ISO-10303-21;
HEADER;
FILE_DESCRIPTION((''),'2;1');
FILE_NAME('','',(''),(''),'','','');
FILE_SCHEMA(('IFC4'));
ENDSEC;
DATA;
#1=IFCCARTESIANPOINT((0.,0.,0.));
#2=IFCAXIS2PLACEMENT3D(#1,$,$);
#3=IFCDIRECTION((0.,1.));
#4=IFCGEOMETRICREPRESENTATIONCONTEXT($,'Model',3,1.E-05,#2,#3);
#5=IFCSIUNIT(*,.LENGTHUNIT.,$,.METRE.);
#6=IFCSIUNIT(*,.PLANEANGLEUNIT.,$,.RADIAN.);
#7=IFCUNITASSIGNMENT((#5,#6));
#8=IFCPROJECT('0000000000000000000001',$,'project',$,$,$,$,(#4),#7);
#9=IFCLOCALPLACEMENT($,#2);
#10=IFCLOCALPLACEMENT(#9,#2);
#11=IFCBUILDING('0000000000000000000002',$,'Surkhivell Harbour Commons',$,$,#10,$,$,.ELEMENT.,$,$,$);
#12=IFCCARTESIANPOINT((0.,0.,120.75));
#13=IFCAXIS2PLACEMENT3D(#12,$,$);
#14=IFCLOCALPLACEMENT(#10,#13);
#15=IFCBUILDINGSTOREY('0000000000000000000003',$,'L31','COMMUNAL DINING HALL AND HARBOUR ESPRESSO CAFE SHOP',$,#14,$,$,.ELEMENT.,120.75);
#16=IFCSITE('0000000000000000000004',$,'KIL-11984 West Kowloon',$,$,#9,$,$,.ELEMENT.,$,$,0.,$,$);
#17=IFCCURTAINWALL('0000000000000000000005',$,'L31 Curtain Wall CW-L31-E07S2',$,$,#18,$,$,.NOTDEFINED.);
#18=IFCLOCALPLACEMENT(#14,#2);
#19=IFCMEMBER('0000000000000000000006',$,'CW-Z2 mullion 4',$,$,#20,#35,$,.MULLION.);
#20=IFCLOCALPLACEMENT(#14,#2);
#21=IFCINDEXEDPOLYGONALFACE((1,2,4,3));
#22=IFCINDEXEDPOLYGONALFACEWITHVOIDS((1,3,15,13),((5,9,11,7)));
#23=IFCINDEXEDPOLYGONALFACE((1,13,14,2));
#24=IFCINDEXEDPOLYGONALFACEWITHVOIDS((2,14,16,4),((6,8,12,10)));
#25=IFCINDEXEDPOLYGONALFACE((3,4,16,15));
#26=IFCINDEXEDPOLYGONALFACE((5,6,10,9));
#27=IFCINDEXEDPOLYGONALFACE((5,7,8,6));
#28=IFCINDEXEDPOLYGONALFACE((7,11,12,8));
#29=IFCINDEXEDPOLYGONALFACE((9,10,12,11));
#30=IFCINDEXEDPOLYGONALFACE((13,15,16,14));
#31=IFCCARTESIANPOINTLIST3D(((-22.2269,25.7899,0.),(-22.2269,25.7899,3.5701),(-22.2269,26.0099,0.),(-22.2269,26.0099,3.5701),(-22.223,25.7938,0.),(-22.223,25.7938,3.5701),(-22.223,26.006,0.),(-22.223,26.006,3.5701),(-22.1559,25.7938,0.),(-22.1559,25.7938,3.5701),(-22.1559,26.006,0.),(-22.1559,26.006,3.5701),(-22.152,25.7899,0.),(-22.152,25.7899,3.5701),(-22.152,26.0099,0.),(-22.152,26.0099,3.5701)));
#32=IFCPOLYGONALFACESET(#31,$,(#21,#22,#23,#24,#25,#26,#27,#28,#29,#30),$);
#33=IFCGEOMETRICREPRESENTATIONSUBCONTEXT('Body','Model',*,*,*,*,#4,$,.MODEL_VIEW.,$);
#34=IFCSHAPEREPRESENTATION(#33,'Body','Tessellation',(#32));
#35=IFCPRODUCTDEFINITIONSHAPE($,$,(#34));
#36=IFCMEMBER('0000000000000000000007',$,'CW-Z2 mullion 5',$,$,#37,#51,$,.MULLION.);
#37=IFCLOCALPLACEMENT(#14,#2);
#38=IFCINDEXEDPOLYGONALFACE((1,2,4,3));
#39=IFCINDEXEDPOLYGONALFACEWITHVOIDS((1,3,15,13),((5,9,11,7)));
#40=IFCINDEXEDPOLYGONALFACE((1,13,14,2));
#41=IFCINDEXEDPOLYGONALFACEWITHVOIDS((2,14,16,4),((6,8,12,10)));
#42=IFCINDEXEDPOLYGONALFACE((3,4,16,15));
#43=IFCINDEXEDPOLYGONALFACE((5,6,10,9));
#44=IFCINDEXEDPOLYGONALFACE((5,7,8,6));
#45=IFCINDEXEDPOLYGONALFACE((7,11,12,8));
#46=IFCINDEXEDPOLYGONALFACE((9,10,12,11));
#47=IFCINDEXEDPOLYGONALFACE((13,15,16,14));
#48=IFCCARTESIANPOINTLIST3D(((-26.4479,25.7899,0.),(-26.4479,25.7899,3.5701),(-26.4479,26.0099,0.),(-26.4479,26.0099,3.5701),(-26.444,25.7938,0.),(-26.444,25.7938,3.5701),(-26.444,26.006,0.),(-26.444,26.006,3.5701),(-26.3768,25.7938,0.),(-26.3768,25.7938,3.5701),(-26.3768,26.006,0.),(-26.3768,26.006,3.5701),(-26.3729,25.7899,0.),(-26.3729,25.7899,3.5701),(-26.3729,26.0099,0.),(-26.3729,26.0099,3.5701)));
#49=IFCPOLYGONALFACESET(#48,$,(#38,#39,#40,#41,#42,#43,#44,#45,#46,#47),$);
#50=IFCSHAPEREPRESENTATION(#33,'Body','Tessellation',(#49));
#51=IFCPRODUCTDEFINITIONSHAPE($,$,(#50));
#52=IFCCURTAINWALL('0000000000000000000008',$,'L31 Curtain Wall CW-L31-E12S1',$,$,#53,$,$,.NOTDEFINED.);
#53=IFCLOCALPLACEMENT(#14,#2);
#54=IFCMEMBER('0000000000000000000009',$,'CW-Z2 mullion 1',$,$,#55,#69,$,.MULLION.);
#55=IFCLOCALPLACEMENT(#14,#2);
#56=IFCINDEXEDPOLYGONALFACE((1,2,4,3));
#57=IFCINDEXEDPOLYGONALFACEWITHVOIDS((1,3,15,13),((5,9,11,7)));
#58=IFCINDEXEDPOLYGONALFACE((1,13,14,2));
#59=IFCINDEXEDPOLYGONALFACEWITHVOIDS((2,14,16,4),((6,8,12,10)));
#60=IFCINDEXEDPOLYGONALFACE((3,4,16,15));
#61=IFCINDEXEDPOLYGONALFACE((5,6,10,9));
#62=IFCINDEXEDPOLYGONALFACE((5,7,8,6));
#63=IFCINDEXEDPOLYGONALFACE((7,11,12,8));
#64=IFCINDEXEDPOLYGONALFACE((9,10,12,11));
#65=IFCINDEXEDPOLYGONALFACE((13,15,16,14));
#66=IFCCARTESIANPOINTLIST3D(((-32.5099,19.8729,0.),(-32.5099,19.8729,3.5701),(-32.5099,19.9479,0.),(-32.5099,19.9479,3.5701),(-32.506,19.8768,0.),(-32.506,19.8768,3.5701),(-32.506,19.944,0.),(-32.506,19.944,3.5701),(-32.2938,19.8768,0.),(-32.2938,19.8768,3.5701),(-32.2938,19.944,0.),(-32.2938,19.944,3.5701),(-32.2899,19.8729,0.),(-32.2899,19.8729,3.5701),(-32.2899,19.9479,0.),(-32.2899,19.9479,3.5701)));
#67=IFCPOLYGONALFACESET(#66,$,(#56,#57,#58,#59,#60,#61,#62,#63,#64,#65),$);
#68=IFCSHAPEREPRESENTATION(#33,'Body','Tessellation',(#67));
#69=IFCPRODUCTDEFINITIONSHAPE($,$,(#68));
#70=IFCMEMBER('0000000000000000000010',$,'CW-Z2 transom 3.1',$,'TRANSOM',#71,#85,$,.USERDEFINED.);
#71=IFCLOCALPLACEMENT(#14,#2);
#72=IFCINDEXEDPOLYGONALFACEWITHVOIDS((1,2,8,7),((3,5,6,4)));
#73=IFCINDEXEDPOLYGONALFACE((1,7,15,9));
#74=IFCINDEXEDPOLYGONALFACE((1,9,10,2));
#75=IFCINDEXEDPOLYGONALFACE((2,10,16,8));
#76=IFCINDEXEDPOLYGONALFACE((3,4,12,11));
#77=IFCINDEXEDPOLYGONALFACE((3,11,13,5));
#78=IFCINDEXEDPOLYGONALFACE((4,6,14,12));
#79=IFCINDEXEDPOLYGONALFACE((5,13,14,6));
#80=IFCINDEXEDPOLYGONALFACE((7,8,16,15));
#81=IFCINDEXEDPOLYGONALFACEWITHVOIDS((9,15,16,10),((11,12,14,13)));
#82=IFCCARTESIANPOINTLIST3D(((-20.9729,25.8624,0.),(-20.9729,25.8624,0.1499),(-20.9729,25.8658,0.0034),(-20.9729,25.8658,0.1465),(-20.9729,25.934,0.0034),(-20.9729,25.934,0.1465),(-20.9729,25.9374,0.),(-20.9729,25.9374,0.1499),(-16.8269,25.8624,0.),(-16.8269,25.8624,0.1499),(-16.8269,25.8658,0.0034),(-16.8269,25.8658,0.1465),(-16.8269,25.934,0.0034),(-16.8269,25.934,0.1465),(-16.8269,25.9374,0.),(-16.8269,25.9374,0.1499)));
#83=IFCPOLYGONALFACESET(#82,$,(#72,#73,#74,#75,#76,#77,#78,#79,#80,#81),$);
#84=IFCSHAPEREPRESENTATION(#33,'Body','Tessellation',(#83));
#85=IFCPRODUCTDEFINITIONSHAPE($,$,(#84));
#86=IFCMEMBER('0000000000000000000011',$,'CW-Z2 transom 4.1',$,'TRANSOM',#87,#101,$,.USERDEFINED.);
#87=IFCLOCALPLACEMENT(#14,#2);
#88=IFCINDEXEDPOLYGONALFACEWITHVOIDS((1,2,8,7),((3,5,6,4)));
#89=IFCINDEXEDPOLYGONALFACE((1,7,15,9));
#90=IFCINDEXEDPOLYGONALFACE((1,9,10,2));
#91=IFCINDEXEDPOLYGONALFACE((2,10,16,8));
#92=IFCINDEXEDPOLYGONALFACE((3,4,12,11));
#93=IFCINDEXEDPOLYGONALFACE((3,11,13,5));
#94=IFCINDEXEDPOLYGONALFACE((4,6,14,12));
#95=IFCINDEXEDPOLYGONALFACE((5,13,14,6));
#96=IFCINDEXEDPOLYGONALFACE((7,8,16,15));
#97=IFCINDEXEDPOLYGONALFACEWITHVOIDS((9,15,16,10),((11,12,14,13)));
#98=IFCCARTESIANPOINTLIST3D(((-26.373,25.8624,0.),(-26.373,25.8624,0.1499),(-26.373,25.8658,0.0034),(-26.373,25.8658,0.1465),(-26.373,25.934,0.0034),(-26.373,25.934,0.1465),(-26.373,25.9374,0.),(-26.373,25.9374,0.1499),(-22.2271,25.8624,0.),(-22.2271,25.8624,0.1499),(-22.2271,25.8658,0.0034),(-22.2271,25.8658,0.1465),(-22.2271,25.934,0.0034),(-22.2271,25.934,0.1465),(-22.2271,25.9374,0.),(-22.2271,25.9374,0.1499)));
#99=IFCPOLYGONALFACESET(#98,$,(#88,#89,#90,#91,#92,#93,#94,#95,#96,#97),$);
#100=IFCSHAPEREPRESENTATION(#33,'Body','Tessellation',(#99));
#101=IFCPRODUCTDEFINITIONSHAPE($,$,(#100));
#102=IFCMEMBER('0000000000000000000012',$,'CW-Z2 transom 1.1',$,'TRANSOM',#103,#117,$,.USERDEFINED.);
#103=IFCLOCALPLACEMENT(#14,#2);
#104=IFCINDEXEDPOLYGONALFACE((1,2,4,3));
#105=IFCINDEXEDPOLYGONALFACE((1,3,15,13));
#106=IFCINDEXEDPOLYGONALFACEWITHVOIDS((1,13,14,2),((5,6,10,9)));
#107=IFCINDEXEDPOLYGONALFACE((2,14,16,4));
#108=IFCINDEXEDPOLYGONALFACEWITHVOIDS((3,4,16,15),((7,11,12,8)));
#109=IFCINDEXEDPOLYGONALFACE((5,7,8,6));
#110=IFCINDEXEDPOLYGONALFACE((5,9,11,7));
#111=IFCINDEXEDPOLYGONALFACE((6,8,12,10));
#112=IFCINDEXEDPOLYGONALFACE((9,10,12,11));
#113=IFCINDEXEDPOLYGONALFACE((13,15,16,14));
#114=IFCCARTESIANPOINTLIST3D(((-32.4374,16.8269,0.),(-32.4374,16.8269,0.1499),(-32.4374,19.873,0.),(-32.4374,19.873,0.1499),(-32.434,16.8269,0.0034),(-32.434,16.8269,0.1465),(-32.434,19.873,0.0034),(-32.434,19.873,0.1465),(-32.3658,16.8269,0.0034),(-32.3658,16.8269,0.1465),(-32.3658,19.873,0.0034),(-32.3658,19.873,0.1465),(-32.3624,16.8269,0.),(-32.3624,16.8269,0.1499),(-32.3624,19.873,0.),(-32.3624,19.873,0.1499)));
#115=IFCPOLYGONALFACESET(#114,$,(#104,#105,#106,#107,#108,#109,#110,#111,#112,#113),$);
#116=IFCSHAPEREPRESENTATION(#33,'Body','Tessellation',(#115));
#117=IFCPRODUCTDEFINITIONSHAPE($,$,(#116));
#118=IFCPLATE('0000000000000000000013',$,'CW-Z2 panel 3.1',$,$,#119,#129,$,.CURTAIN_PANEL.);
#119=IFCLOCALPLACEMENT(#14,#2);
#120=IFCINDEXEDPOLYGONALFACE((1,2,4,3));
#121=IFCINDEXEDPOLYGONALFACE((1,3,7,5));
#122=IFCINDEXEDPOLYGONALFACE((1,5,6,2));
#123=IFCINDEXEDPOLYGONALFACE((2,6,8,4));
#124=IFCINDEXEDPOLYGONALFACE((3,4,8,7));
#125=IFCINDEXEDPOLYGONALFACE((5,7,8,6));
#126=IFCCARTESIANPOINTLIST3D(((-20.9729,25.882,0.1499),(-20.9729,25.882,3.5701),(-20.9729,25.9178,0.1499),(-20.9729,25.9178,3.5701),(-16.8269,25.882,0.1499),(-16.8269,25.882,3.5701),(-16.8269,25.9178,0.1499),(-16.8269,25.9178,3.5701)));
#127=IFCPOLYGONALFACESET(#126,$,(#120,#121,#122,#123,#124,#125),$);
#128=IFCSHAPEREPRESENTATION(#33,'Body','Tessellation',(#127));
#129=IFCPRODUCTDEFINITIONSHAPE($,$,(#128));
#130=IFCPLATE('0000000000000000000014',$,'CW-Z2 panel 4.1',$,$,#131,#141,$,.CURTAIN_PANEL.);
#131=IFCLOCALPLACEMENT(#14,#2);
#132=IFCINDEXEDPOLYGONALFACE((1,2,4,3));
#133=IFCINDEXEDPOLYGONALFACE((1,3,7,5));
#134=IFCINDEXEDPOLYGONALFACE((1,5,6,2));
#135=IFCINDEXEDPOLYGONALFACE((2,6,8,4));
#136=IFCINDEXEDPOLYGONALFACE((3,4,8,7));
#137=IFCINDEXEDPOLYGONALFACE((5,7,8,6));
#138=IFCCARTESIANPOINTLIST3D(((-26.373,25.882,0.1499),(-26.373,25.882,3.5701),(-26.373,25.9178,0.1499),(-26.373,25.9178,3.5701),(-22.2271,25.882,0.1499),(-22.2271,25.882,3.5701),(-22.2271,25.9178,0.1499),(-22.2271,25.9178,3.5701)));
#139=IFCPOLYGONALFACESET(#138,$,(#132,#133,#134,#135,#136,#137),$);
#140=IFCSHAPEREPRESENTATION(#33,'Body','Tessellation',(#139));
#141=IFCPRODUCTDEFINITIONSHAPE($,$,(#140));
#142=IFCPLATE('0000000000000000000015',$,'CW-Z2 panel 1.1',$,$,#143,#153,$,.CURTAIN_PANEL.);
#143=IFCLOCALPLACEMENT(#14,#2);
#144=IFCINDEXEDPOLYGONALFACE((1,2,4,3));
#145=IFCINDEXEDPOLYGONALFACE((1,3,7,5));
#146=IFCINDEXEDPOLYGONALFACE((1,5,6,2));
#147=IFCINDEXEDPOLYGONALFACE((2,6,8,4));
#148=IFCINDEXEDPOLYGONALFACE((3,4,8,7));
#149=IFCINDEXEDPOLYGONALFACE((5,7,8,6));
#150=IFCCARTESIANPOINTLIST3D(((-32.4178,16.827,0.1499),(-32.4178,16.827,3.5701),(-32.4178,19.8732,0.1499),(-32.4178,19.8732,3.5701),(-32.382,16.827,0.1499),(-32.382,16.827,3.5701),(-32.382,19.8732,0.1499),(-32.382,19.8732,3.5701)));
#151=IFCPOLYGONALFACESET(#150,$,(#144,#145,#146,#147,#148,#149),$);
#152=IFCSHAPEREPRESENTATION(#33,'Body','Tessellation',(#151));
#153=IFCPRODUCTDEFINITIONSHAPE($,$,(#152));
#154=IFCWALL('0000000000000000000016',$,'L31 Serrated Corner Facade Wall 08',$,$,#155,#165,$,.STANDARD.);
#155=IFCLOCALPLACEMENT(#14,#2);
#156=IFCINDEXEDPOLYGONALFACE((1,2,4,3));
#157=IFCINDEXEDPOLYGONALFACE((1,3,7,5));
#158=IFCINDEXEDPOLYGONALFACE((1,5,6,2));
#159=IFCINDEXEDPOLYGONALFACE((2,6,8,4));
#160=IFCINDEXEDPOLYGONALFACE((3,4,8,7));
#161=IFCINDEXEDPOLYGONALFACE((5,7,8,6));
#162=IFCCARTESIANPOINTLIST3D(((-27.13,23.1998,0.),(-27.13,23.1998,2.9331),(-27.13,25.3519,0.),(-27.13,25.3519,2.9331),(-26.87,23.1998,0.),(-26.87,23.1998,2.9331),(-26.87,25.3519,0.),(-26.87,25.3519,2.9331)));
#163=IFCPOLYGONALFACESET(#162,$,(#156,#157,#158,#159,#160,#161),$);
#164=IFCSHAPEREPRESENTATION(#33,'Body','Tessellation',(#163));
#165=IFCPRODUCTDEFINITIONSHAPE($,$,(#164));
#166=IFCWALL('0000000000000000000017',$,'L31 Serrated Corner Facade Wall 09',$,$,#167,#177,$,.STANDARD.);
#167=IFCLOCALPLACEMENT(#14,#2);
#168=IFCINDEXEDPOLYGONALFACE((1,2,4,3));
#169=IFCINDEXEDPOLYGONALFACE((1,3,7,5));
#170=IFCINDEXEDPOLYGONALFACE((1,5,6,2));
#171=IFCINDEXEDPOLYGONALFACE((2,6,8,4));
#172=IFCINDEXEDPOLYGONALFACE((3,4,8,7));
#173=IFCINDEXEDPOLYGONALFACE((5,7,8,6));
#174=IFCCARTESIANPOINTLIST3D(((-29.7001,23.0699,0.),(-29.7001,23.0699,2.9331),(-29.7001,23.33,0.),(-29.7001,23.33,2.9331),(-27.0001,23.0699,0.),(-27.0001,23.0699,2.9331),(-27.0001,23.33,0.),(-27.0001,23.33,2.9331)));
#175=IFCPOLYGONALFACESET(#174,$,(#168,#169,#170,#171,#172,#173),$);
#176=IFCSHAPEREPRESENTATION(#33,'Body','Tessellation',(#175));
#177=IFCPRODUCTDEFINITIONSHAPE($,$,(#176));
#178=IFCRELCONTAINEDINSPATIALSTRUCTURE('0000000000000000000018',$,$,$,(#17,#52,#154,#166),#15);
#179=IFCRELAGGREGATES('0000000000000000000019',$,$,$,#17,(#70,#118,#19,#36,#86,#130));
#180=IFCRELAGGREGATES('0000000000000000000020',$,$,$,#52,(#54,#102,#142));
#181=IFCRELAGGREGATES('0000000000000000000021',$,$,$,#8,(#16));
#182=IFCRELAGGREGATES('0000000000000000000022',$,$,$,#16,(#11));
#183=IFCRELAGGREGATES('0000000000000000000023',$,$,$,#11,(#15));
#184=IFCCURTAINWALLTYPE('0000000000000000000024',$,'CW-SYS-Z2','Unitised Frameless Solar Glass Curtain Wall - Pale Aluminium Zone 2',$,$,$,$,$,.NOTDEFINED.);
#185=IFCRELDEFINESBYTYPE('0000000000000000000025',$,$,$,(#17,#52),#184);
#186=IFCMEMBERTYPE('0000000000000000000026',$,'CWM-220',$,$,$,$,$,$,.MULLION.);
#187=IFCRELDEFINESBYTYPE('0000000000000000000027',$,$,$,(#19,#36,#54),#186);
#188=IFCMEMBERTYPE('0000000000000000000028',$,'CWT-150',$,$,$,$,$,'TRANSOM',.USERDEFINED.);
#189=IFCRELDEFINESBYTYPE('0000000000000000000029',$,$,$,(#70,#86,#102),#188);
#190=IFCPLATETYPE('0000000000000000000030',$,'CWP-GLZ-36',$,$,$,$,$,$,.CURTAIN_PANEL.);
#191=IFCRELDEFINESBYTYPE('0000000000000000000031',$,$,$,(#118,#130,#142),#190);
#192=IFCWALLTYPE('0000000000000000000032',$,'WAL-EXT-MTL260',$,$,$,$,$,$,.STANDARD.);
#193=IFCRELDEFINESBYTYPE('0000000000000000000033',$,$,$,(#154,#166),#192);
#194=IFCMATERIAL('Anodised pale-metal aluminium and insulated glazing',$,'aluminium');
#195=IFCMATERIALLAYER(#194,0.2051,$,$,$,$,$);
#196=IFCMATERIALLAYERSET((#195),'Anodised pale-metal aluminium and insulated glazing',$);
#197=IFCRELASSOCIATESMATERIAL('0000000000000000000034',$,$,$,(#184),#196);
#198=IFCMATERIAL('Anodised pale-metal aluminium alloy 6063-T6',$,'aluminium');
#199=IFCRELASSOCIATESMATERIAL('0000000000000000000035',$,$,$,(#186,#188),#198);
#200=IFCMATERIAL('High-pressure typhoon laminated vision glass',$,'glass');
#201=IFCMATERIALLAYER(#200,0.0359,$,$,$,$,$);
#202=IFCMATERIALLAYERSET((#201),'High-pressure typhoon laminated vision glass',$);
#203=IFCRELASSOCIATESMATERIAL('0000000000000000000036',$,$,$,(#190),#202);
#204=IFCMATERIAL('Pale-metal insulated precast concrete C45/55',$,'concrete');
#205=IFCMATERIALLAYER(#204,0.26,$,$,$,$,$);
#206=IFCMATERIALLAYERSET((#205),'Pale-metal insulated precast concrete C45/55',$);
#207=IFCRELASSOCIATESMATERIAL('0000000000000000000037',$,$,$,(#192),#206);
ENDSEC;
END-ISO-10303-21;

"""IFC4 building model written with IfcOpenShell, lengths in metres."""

from ifc_helpers import new_model, si_unit, direction, frame, frame_2d, origin, origin_2d, place, context, subcontext, project, spatial, rectangle, hollow_rectangle, extrude, material, layer, layer_set, material_profile, profile_set, type_object, element, aggregate, save


model = new_model("IFC4")

# Units and contexts
model_context = context("Model", 3, precision=1e-05, world=origin(), true_north=direction((0.0, 1.0)))
body_context = subcontext(model_context, "Body", "Model", "MODEL_VIEW")
ifc_project = project(units=[si_unit("LENGTHUNIT", "METRE"), si_unit("PLANEANGLEUNIT", "RADIAN")], contexts=[model_context])

# Site, building, storey
site_placement = place(None, origin())
site = spatial("IfcSite", under=ifc_project, at=site_placement, Name="KIL-11984 West Kowloon", CompositionType="ELEMENT", RefElevation=0.0)
building_placement = place(site_placement, origin())
building = spatial("IfcBuilding", under=site, at=building_placement, Name="Surkhivell Harbour Commons", CompositionType="ELEMENT")
storey_placement = place(building_placement, frame((0.0, 0.0, 120.75)))
storey = spatial("IfcBuildingStorey", under=building, at=storey_placement, Name="L31", Description="COMMUNAL DINING HALL AND HARBOUR ESPRESSO CAFE SHOP", CompositionType="ELEMENT", Elevation=120.75)

# Curtain wall, members
ifc_material_1 = material(Name="Anodised pale-metal aluminium and insulated glazing", Category="aluminium")
ifc_layer_1 = layer(ifc_material_1, 0.2051)
ifc_layer_set_1 = layer_set([ifc_layer_1], Name="Anodised pale-metal aluminium and insulated glazing")
curtain_wall_type = type_object("IfcCurtainWallType", Name="CW-SYS-Z2", Description="Unitised Frameless Solar Glass Curtain Wall - Pale Aluminium Zone 2", PredefinedType="NOTDEFINED", material=ifc_layer_set_1)
curtain_wall_1_placement = place(storey_placement, origin())
curtain_wall_1 = element("IfcCurtainWall", 1, at=curtain_wall_1_placement, inside=storey, type_object=curtain_wall_type, Name="L31 Curtain Wall CW-L31-E07S2", PredefinedType="NOTDEFINED")
ifc_material_2 = material(Name="Anodised pale-metal aluminium alloy 6063-T6", Category="aluminium")
ifc_material_profile_1 = material_profile(ifc_material_2, hollow_rectangle(XDim=0.075, YDim=0.22, WallThickness=0.0039, at=origin_2d()), Name="ALU-MULL-75x220")
ifc_profile_set_1 = profile_set([ifc_material_profile_1], Name="Anodised pale-metal aluminium alloy 6063-T6")
member_type_1 = type_object("IfcMemberType", Name="CWM-220", PredefinedType="MULLION", material=ifc_profile_set_1)
member_1_placement = place(storey_placement, frame((-22.1895, 25.8999, 0.0), z_axis=(0.0, 0.0, 1.0), x_axis=(-1.0, 0.0, 0.0)))
member_1 = element("IfcMember", 2, at=member_1_placement, type_object=member_type_1, Name="CW-Z2 mullion 4", PredefinedType="MULLION", context=body_context, shape_type="SweptSolid", body=[
    extrude(hollow_rectangle(XDim=0.075, YDim=0.22, WallThickness=0.0039, at=origin_2d()), origin(), (0.0, 0.0, 1.0), 3.5701),
])
member_2_placement = place(storey_placement, frame((-26.4104, 25.8999, 0.0), z_axis=(0.0, 0.0, 1.0), x_axis=(-1.0, 0.0, 0.0)))
member_2 = element("IfcMember", 3, at=member_2_placement, type_object=member_type_1, Name="CW-Z2 mullion 5", PredefinedType="MULLION", context=body_context, shape_type="SweptSolid", body=[
    extrude(hollow_rectangle(XDim=0.075, YDim=0.22, WallThickness=0.0039, at=origin_2d()), origin(), (0.0, 0.0, 1.0), 3.5701),
])

# Curtain wall, member
curtain_wall_2_placement = place(storey_placement, origin())
curtain_wall_2 = element("IfcCurtainWall", 4, at=curtain_wall_2_placement, inside=storey, type_object=curtain_wall_type, Name="L31 Curtain Wall CW-L31-E12S1", PredefinedType="NOTDEFINED")
member_3_placement = place(storey_placement, frame((-32.3999, 19.9104, 0.0), z_axis=(0.0, 0.0, 1.0), x_axis=(0.0, -1.0, 0.0)))
member_3 = element("IfcMember", 5, at=member_3_placement, type_object=member_type_1, Name="CW-Z2 mullion 1", PredefinedType="MULLION", context=body_context, shape_type="SweptSolid", body=[
    extrude(hollow_rectangle(XDim=0.075, YDim=0.22, WallThickness=0.0039, at=origin_2d()), origin(), (0.0, 0.0, 1.0), 3.5701),
])

# Members
ifc_material_profile_2 = material_profile(ifc_material_2, hollow_rectangle(XDim=0.075, YDim=0.1499, WallThickness=0.0034, at=origin_2d()), Name="ALU-TRAN-75x150")
ifc_profile_set_2 = profile_set([ifc_material_profile_2], Name="Anodised pale-metal aluminium alloy 6063-T6")
member_type_2 = type_object("IfcMemberType", Name="CWT-150", ElementType="TRANSOM", PredefinedType="USERDEFINED", material=ifc_profile_set_2)
member_4_placement = place(storey_placement, frame((-16.8269, 25.8999, 0.075), z_axis=(-1.0, 0.0, 0.0), x_axis=(0.0, -1.0, 0.0)))
member_4 = element("IfcMember", 6, at=member_4_placement, type_object=member_type_2, Name="CW-Z2 transom 3.1", ObjectType="TRANSOM", PredefinedType="USERDEFINED", context=body_context, shape_type="SweptSolid", body=[
    extrude(hollow_rectangle(XDim=0.075, YDim=0.1499, WallThickness=0.0034, at=origin_2d()), origin(), (0.0, 0.0, 1.0), 4.146),
])
member_5_placement = place(storey_placement, frame((-22.2271, 25.8999, 0.075), z_axis=(-1.0, 0.0, 0.0), x_axis=(0.0, -1.0, 0.0)))
member_5 = element("IfcMember", 7, at=member_5_placement, type_object=member_type_2, Name="CW-Z2 transom 4.1", ObjectType="TRANSOM", PredefinedType="USERDEFINED", context=body_context, shape_type="SweptSolid", body=[
    extrude(hollow_rectangle(XDim=0.075, YDim=0.1499, WallThickness=0.0034, at=origin_2d()), origin(), (0.0, 0.0, 1.0), 4.146),
])
member_6_placement = place(storey_placement, frame((-32.3999, 19.873, 0.075), z_axis=(0.0, -1.0, 0.0), x_axis=(1.0, 0.0, 0.0)))
member_6 = element("IfcMember", 8, at=member_6_placement, type_object=member_type_2, Name="CW-Z2 transom 1.1", ObjectType="TRANSOM", PredefinedType="USERDEFINED", context=body_context, shape_type="SweptSolid", body=[
    extrude(hollow_rectangle(XDim=0.075, YDim=0.1499, WallThickness=0.0034, at=origin_2d()), origin(), (0.0, 0.0, 1.0), 3.0461),
])

# Plates
ifc_material_3 = material(Name="High-pressure typhoon laminated vision glass", Category="glass")
ifc_layer_2 = layer(ifc_material_3, 0.0359)
ifc_layer_set_2 = layer_set([ifc_layer_2], Name="High-pressure typhoon laminated vision glass")
plate_type = type_object("IfcPlateType", Name="CWP-GLZ-36", PredefinedType="CURTAIN_PANEL", material=ifc_layer_set_2)
plate_1_placement = place(storey_placement, frame((-16.8269, 25.8999, 0.1499), z_axis=(0.0, 0.0, 1.0), x_axis=(-1.0, 0.0, 0.0)))
plate_1 = element("IfcPlate", 9, at=plate_1_placement, type_object=plate_type, Name="CW-Z2 panel 3.1", PredefinedType="CURTAIN_PANEL", context=body_context, shape_type="SweptSolid", body=[
    extrude(rectangle(XDim=4.146, YDim=0.0359, at=frame_2d((2.073, 0.0))), origin(), (0.0, 0.0, 1.0), 3.4202),
])
plate_2_placement = place(storey_placement, frame((-22.2271, 25.8999, 0.1499), z_axis=(0.0, 0.0, 1.0), x_axis=(-1.0, 0.0, 0.0)))
plate_2 = element("IfcPlate", 10, at=plate_2_placement, type_object=plate_type, Name="CW-Z2 panel 4.1", PredefinedType="CURTAIN_PANEL", context=body_context, shape_type="SweptSolid", body=[
    extrude(rectangle(XDim=4.146, YDim=0.0359, at=frame_2d((2.073, 0.0))), origin(), (0.0, 0.0, 1.0), 3.4202),
])
aggregate(curtain_wall_1, [member_4, plate_1, member_1, member_2, member_5, plate_2])
plate_3_placement = place(storey_placement, frame((-32.3999, 19.873, 0.1499), z_axis=(0.0, 0.0, 1.0), x_axis=(0.0, -1.0, 0.0)))
plate_3 = element("IfcPlate", 11, at=plate_3_placement, type_object=plate_type, Name="CW-Z2 panel 1.1", PredefinedType="CURTAIN_PANEL", context=body_context, shape_type="SweptSolid", body=[
    extrude(rectangle(XDim=3.0461, YDim=0.0359, at=frame_2d((1.5229, 0.0))), origin(), (0.0, 0.0, 1.0), 3.4202),
])
aggregate(curtain_wall_2, [member_3, member_6, plate_3])

# Walls
ifc_material_4 = material(Name="Pale-metal insulated precast concrete C45/55", Category="concrete")
ifc_layer_3 = layer(ifc_material_4, 0.26)
ifc_layer_set_3 = layer_set([ifc_layer_3], Name="Pale-metal insulated precast concrete C45/55")
wall_type = type_object("IfcWallType", Name="WAL-EXT-MTL260", PredefinedType="STANDARD", material=ifc_layer_set_3)
wall_1_placement = place(storey_placement, frame((-27.0, 25.3521, 0.0), z_axis=(0.0, 0.0, 1.0), x_axis=(0.0, -1.0, 0.0)))
element("IfcWall", 12, at=wall_1_placement, inside=storey, type_object=wall_type, Name="L31 Serrated Corner Facade Wall 08", PredefinedType="STANDARD", context=body_context, shape_type="SweptSolid", body=[
    extrude(rectangle(XDim=2.1521, YDim=0.26, at=frame_2d((1.0762, 0.0))), origin(), (0.0, 0.0, 1.0), 2.9331),
])
wall_2_placement = place(storey_placement, frame((-27.0, 23.2, 0.0), z_axis=(0.0, 0.0, 1.0), x_axis=(-1.0, 0.0, 0.0)))
element("IfcWall", 13, at=wall_2_placement, inside=storey, type_object=wall_type, Name="L31 Serrated Corner Facade Wall 09", PredefinedType="STANDARD", context=body_context, shape_type="SweptSolid", body=[
    extrude(rectangle(XDim=2.7, YDim=0.26, at=frame_2d((1.3501, 0.0))), origin(), (0.0, 0.0, 1.0), 2.9331),
])

save(model, "model.ifc")
